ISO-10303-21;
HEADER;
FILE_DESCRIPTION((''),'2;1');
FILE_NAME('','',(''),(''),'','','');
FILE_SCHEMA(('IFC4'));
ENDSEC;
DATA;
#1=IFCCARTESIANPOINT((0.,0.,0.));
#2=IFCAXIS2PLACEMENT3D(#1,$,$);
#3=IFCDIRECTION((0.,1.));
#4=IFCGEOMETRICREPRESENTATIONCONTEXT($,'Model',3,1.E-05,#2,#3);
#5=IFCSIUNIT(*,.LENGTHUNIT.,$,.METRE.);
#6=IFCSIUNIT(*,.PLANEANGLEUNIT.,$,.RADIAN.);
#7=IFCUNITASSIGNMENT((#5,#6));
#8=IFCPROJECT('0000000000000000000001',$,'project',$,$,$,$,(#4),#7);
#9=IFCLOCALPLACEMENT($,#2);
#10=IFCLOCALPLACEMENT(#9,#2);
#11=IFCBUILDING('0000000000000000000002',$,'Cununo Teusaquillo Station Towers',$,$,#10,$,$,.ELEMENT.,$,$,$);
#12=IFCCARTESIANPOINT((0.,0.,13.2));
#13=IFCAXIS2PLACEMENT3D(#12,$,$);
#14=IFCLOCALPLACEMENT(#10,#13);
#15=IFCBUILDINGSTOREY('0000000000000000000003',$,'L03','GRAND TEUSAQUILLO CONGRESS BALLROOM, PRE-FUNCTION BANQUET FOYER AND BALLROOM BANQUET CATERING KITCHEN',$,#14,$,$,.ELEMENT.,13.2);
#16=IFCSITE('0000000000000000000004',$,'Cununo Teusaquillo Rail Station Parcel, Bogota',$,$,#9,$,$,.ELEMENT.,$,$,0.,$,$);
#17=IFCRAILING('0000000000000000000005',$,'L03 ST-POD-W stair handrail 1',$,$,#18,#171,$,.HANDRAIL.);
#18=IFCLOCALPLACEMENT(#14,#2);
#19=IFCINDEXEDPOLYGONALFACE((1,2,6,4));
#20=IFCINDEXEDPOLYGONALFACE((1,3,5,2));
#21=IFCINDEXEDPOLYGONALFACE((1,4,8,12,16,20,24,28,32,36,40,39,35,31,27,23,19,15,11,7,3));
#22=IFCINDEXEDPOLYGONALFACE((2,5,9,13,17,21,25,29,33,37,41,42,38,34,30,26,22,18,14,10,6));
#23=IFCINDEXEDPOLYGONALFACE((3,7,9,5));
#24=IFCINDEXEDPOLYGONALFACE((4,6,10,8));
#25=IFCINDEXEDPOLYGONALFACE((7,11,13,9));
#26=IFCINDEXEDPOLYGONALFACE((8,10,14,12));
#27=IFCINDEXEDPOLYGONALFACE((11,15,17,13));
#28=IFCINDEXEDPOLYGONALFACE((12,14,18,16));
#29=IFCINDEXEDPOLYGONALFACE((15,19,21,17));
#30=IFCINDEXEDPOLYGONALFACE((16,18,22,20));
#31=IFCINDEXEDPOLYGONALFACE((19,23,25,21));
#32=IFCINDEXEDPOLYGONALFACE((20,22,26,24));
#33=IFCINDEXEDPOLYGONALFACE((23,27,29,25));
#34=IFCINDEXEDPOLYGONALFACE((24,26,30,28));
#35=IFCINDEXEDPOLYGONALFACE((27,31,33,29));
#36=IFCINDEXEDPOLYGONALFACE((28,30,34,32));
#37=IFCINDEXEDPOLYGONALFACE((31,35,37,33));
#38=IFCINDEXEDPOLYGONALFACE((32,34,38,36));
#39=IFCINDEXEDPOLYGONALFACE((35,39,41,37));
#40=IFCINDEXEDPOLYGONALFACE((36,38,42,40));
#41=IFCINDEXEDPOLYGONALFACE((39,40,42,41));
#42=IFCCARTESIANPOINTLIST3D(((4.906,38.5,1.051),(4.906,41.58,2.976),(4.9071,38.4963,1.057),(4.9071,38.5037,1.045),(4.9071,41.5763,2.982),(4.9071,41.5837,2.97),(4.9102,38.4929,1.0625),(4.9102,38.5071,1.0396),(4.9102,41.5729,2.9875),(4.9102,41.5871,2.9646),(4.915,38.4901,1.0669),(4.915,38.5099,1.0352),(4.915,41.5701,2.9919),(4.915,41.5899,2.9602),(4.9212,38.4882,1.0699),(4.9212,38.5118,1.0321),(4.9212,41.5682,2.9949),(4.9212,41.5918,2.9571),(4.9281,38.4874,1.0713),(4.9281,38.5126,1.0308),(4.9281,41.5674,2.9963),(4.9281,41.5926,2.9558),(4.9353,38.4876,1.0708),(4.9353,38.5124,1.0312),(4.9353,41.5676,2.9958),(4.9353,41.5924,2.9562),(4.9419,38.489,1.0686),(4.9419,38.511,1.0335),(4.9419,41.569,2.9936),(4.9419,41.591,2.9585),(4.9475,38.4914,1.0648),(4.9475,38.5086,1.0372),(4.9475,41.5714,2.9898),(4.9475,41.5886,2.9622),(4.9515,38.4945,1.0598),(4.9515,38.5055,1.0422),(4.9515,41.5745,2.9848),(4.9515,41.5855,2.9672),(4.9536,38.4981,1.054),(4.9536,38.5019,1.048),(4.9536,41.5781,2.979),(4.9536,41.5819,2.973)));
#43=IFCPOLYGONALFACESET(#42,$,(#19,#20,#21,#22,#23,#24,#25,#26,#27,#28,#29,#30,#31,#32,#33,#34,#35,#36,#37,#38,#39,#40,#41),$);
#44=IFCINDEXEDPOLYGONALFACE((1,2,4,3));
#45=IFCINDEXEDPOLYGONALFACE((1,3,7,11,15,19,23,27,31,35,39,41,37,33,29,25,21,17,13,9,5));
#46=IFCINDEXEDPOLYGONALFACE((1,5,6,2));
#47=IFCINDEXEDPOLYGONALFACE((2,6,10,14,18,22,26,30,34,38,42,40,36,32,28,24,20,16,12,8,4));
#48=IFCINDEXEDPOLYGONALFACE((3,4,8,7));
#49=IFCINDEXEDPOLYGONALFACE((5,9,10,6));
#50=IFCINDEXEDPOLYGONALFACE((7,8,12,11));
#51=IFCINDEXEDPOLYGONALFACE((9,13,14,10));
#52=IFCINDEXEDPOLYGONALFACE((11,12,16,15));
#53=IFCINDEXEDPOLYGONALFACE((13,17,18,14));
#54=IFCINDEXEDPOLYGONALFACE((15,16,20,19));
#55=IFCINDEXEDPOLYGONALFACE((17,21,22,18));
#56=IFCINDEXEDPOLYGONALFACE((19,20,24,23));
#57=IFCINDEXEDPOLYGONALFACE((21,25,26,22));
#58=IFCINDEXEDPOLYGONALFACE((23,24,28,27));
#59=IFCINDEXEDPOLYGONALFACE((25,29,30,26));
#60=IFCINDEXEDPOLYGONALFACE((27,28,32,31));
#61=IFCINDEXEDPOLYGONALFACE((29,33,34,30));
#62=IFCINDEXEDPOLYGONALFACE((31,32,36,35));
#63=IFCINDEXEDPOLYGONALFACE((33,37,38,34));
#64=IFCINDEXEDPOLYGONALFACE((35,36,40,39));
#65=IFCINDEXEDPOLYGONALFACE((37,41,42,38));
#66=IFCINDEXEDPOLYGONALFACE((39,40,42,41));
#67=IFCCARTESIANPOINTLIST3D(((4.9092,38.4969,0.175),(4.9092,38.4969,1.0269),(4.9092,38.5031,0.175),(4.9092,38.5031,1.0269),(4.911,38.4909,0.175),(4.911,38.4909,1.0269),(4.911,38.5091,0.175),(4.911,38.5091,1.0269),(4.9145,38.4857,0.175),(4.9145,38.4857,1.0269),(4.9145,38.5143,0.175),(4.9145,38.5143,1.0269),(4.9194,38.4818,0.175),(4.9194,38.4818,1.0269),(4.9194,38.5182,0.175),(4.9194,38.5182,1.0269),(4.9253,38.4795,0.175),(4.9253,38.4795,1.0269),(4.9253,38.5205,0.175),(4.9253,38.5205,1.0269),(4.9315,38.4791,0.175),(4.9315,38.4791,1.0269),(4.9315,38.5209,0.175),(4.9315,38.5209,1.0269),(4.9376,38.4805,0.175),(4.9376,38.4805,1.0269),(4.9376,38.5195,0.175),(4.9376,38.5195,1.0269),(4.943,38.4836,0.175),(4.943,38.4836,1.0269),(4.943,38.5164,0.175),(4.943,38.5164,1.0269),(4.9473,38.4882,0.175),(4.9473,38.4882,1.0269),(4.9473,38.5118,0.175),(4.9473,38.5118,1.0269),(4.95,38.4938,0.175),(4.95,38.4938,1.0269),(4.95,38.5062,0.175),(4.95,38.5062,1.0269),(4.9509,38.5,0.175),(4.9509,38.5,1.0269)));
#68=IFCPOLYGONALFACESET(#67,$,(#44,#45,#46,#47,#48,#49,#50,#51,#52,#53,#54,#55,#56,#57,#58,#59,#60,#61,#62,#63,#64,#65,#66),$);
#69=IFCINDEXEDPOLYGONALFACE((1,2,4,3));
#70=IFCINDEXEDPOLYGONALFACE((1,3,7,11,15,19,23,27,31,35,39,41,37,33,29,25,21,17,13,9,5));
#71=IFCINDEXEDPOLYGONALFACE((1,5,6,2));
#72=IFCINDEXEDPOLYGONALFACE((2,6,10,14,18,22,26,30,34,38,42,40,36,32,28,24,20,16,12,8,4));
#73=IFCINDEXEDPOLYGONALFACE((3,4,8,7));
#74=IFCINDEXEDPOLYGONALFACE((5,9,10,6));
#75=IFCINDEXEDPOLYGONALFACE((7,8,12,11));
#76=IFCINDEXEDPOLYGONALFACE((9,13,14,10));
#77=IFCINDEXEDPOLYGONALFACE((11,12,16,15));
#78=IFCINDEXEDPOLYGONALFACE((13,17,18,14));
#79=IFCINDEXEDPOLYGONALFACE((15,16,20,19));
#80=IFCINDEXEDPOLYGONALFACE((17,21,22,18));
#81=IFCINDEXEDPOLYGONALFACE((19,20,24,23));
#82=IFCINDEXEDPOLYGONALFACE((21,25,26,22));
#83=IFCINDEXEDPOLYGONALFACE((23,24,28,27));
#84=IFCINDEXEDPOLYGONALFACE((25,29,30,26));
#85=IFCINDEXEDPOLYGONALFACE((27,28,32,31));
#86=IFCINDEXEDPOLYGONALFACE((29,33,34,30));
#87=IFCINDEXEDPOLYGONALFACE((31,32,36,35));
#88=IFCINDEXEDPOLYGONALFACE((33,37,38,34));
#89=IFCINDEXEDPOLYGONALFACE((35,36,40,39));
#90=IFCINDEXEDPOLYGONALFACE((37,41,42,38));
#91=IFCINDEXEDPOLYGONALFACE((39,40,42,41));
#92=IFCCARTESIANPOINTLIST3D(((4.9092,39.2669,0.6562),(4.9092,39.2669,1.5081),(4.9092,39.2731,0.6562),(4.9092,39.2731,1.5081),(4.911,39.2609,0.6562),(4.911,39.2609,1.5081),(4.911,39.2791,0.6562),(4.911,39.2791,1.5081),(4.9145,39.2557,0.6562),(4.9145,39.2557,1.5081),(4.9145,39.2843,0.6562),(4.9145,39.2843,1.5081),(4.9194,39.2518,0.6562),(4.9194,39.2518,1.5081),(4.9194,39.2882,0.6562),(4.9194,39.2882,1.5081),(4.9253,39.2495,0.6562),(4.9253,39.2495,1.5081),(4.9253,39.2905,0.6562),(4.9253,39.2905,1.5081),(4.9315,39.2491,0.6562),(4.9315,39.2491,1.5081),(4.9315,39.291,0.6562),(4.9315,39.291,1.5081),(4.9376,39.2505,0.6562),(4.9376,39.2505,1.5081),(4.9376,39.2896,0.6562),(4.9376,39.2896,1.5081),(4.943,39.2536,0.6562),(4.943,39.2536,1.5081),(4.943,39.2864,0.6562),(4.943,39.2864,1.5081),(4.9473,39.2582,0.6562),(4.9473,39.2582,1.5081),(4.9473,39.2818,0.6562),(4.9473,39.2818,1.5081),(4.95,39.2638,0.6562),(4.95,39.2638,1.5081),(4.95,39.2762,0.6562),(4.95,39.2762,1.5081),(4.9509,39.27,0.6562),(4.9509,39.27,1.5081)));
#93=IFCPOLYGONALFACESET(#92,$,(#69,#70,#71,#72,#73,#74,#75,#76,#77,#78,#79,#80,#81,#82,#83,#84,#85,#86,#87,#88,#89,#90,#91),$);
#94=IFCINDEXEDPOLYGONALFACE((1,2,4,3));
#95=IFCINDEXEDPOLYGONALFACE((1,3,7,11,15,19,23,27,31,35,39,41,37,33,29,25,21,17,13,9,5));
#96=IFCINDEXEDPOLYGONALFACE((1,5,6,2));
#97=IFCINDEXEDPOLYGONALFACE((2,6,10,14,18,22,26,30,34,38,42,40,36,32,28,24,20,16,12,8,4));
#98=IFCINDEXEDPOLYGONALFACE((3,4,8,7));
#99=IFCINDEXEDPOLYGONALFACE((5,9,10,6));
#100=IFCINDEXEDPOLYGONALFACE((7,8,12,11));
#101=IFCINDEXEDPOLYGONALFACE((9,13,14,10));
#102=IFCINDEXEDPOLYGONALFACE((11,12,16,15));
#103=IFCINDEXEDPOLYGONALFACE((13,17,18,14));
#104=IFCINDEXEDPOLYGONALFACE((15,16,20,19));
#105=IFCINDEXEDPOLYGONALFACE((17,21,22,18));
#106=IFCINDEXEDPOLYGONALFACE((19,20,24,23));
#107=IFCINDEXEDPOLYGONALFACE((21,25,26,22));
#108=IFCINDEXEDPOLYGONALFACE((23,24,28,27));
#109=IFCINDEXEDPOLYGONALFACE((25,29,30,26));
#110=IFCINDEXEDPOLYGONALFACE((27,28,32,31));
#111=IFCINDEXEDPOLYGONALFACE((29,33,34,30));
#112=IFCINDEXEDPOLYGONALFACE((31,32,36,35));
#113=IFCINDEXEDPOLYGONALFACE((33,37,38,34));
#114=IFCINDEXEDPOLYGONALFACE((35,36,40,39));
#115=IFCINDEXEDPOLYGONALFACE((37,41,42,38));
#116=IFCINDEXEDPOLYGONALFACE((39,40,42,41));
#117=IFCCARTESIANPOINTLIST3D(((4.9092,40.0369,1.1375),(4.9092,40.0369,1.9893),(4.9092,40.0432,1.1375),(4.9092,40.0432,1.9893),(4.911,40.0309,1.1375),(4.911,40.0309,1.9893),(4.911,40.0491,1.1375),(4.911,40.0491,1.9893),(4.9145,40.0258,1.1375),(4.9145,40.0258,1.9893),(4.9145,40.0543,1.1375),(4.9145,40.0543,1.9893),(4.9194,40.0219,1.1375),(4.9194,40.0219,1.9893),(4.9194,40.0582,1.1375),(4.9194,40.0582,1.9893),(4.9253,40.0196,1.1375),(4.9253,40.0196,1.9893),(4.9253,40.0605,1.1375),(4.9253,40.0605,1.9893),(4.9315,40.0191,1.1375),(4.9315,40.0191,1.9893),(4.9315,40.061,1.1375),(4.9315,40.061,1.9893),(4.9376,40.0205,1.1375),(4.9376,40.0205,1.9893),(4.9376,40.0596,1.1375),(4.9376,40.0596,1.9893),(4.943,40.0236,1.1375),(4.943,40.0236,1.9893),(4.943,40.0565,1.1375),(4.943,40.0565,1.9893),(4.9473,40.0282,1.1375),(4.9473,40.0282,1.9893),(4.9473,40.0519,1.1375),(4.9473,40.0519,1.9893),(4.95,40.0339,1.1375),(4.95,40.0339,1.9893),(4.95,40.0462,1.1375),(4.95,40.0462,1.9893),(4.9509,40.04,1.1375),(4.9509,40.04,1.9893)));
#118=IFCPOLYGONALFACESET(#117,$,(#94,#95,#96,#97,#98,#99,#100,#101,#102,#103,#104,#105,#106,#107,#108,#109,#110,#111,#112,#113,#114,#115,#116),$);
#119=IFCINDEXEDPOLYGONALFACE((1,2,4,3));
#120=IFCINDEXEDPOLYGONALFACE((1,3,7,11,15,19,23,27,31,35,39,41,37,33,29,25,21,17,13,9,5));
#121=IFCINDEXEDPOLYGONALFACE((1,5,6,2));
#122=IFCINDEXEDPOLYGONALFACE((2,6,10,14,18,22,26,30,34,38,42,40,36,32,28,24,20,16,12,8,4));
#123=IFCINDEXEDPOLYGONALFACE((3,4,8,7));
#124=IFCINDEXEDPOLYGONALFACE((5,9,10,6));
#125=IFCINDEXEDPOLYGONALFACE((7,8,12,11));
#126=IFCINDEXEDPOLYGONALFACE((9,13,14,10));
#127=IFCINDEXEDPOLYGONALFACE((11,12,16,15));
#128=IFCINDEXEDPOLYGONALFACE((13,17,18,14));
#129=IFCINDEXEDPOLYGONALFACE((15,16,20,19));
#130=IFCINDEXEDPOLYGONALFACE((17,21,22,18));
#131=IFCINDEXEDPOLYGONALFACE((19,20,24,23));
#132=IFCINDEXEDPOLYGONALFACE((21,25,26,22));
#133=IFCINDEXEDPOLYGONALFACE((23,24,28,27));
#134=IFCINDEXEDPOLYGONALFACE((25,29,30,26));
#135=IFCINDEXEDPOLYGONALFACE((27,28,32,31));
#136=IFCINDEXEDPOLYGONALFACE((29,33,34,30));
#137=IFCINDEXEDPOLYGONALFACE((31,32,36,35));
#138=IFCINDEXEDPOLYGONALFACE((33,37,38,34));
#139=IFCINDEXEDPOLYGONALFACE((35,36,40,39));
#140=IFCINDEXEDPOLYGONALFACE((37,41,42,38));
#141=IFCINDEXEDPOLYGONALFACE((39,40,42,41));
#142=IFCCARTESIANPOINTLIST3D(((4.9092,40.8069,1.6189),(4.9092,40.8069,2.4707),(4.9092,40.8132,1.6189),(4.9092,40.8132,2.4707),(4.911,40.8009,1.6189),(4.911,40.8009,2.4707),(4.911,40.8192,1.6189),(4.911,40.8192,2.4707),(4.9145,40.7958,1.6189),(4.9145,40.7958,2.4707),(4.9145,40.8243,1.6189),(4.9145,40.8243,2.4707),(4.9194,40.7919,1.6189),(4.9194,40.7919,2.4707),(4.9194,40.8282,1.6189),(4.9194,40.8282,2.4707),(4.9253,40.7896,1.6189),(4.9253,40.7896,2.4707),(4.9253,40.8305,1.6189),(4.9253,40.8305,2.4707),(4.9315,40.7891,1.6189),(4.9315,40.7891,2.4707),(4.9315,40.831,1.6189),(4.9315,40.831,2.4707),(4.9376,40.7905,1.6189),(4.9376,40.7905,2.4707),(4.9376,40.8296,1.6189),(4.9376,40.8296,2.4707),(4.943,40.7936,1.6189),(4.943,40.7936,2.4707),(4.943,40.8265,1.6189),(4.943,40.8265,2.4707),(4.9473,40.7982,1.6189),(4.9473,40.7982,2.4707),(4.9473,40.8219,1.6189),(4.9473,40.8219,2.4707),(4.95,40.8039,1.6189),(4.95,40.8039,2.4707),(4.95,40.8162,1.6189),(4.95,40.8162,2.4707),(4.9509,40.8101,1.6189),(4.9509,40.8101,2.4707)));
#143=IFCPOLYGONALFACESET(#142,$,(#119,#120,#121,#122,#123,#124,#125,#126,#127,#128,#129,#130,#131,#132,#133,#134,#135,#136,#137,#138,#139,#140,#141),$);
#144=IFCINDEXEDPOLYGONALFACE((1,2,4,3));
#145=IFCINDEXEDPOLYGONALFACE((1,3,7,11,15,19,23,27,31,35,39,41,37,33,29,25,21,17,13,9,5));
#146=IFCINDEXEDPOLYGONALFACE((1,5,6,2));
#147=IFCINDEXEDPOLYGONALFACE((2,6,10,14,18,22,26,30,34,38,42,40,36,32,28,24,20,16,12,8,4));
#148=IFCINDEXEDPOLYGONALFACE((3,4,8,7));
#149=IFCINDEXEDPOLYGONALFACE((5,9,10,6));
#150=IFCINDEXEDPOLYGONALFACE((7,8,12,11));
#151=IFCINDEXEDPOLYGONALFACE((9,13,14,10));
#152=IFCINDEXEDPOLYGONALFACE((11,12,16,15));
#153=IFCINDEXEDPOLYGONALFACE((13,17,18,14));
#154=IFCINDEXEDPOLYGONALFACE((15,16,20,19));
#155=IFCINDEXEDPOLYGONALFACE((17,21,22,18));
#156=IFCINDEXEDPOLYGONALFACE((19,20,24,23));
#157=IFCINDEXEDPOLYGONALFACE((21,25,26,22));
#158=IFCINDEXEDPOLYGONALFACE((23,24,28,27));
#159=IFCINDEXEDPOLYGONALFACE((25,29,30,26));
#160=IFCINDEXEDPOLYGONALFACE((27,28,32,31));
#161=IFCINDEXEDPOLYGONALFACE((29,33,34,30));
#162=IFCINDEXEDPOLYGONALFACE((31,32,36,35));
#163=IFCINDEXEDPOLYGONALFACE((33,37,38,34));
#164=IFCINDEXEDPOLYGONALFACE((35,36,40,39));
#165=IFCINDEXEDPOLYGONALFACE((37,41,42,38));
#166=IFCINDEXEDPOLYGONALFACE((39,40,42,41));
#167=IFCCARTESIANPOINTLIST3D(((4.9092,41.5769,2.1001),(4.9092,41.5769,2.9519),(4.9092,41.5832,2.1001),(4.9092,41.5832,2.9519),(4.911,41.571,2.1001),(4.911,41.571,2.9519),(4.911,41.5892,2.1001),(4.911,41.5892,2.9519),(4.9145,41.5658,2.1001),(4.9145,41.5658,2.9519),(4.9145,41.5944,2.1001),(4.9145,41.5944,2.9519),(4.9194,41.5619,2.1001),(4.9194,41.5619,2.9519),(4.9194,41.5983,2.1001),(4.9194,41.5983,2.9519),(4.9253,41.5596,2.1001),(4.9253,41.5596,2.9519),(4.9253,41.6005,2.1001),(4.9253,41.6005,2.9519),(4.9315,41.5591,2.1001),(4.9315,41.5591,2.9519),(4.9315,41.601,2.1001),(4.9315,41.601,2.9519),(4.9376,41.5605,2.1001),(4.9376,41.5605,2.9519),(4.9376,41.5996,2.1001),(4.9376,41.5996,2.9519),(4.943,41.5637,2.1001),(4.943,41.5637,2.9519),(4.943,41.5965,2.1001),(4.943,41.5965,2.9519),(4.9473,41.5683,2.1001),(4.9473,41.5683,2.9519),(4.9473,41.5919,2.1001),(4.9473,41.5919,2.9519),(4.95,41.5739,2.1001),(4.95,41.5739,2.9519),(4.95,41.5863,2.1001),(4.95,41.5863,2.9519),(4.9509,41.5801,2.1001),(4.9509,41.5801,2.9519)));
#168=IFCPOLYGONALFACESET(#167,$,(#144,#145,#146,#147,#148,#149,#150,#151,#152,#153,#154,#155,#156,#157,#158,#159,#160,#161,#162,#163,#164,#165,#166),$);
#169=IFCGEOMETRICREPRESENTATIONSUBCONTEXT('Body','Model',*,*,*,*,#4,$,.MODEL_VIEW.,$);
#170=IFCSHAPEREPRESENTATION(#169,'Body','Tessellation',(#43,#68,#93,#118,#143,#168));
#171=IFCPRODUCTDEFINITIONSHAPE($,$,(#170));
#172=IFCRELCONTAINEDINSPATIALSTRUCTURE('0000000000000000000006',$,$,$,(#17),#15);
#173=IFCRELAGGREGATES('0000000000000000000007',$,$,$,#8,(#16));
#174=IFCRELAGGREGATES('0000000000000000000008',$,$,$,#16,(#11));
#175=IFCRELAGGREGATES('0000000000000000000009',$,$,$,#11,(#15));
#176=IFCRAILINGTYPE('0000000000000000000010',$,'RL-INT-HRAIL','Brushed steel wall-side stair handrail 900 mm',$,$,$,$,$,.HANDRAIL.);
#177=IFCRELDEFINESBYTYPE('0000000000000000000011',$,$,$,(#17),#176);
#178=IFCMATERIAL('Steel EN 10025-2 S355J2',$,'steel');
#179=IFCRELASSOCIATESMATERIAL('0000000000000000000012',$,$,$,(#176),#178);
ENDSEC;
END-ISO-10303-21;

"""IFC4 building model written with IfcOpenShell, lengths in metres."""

from ifc_helpers import new_model, si_unit, direction, frame, origin, origin_2d, place, context, subcontext, project, spatial, circle, extrude, material, type_object, element, save


model = new_model("IFC4")

# Units and contexts
model_context = context("Model", 3, precision=1e-05, world=origin(), true_north=direction((0.0, 1.0)))
body_context = subcontext(model_context, "Body", "Model", "MODEL_VIEW")
ifc_project = project(units=[si_unit("LENGTHUNIT", "METRE"), si_unit("PLANEANGLEUNIT", "RADIAN")], contexts=[model_context])

# Site, building, storey
site_placement = place(None, origin())
site = spatial("IfcSite", under=ifc_project, at=site_placement, Name="Cununo Teusaquillo Rail Station Parcel, Bogota", CompositionType="ELEMENT", RefElevation=0.0)
building_placement = place(site_placement, origin())
building = spatial("IfcBuilding", under=site, at=building_placement, Name="Cununo Teusaquillo Station Towers", CompositionType="ELEMENT")
storey_placement = place(building_placement, frame((0.0, 0.0, 13.2)))
storey = spatial("IfcBuildingStorey", under=building, at=storey_placement, Name="L03", Description="GRAND TEUSAQUILLO CONGRESS BALLROOM, PRE-FUNCTION BANQUET FOYER AND BALLROOM BANQUET CATERING KITCHEN", CompositionType="ELEMENT", Elevation=13.2)

# Railing
ifc_material_1 = material(Name="Steel EN 10025-2 S355J2", Category="steel")
railing_type_1 = type_object("IfcRailingType", Name="RL-INT-HRAIL", Description="Brushed steel wall-side stair handrail 900 mm", PredefinedType="HANDRAIL", material=ifc_material_1)
railing_1_placement = place(storey_placement, frame((4.9299, 38.5, 0.175)))
element("IfcRailing", 1, at=railing_1_placement, inside=storey, type_object=railing_type_1, Name="L03 ST-POD-W stair handrail 1", PredefinedType="HANDRAIL", context=body_context, shape_type="SweptSolid", body=[
    extrude(circle(Radius=0.0239, at=origin_2d()), frame((0.0, 0.0, 0.876), z_axis=(0.0, 0.847998, 0.529999), x_axis=(-1.0, 0.0, 0.0)), (0.0, 0.0, 1.0), 3.6321),
    extrude(circle(Radius=0.021, at=origin_2d()), origin(), (0.0, 0.0, 1.0), 0.8518),
    extrude(circle(Radius=0.021, at=origin_2d()), frame((0.0, 0.77, 0.4812)), (0.0, 0.0, 1.0), 0.8518),
    extrude(circle(Radius=0.021, at=origin_2d()), frame((0.0, 1.54, 0.9624)), (0.0, 0.0, 1.0), 0.8518),
    extrude(circle(Radius=0.021, at=origin_2d()), frame((0.0, 2.3101, 1.4438)), (0.0, 0.0, 1.0), 0.8518),
    extrude(circle(Radius=0.021, at=origin_2d()), frame((0.0, 3.0801, 1.925)), (0.0, 0.0, 1.0), 0.8518),
])

save(model, "model.ifc")
